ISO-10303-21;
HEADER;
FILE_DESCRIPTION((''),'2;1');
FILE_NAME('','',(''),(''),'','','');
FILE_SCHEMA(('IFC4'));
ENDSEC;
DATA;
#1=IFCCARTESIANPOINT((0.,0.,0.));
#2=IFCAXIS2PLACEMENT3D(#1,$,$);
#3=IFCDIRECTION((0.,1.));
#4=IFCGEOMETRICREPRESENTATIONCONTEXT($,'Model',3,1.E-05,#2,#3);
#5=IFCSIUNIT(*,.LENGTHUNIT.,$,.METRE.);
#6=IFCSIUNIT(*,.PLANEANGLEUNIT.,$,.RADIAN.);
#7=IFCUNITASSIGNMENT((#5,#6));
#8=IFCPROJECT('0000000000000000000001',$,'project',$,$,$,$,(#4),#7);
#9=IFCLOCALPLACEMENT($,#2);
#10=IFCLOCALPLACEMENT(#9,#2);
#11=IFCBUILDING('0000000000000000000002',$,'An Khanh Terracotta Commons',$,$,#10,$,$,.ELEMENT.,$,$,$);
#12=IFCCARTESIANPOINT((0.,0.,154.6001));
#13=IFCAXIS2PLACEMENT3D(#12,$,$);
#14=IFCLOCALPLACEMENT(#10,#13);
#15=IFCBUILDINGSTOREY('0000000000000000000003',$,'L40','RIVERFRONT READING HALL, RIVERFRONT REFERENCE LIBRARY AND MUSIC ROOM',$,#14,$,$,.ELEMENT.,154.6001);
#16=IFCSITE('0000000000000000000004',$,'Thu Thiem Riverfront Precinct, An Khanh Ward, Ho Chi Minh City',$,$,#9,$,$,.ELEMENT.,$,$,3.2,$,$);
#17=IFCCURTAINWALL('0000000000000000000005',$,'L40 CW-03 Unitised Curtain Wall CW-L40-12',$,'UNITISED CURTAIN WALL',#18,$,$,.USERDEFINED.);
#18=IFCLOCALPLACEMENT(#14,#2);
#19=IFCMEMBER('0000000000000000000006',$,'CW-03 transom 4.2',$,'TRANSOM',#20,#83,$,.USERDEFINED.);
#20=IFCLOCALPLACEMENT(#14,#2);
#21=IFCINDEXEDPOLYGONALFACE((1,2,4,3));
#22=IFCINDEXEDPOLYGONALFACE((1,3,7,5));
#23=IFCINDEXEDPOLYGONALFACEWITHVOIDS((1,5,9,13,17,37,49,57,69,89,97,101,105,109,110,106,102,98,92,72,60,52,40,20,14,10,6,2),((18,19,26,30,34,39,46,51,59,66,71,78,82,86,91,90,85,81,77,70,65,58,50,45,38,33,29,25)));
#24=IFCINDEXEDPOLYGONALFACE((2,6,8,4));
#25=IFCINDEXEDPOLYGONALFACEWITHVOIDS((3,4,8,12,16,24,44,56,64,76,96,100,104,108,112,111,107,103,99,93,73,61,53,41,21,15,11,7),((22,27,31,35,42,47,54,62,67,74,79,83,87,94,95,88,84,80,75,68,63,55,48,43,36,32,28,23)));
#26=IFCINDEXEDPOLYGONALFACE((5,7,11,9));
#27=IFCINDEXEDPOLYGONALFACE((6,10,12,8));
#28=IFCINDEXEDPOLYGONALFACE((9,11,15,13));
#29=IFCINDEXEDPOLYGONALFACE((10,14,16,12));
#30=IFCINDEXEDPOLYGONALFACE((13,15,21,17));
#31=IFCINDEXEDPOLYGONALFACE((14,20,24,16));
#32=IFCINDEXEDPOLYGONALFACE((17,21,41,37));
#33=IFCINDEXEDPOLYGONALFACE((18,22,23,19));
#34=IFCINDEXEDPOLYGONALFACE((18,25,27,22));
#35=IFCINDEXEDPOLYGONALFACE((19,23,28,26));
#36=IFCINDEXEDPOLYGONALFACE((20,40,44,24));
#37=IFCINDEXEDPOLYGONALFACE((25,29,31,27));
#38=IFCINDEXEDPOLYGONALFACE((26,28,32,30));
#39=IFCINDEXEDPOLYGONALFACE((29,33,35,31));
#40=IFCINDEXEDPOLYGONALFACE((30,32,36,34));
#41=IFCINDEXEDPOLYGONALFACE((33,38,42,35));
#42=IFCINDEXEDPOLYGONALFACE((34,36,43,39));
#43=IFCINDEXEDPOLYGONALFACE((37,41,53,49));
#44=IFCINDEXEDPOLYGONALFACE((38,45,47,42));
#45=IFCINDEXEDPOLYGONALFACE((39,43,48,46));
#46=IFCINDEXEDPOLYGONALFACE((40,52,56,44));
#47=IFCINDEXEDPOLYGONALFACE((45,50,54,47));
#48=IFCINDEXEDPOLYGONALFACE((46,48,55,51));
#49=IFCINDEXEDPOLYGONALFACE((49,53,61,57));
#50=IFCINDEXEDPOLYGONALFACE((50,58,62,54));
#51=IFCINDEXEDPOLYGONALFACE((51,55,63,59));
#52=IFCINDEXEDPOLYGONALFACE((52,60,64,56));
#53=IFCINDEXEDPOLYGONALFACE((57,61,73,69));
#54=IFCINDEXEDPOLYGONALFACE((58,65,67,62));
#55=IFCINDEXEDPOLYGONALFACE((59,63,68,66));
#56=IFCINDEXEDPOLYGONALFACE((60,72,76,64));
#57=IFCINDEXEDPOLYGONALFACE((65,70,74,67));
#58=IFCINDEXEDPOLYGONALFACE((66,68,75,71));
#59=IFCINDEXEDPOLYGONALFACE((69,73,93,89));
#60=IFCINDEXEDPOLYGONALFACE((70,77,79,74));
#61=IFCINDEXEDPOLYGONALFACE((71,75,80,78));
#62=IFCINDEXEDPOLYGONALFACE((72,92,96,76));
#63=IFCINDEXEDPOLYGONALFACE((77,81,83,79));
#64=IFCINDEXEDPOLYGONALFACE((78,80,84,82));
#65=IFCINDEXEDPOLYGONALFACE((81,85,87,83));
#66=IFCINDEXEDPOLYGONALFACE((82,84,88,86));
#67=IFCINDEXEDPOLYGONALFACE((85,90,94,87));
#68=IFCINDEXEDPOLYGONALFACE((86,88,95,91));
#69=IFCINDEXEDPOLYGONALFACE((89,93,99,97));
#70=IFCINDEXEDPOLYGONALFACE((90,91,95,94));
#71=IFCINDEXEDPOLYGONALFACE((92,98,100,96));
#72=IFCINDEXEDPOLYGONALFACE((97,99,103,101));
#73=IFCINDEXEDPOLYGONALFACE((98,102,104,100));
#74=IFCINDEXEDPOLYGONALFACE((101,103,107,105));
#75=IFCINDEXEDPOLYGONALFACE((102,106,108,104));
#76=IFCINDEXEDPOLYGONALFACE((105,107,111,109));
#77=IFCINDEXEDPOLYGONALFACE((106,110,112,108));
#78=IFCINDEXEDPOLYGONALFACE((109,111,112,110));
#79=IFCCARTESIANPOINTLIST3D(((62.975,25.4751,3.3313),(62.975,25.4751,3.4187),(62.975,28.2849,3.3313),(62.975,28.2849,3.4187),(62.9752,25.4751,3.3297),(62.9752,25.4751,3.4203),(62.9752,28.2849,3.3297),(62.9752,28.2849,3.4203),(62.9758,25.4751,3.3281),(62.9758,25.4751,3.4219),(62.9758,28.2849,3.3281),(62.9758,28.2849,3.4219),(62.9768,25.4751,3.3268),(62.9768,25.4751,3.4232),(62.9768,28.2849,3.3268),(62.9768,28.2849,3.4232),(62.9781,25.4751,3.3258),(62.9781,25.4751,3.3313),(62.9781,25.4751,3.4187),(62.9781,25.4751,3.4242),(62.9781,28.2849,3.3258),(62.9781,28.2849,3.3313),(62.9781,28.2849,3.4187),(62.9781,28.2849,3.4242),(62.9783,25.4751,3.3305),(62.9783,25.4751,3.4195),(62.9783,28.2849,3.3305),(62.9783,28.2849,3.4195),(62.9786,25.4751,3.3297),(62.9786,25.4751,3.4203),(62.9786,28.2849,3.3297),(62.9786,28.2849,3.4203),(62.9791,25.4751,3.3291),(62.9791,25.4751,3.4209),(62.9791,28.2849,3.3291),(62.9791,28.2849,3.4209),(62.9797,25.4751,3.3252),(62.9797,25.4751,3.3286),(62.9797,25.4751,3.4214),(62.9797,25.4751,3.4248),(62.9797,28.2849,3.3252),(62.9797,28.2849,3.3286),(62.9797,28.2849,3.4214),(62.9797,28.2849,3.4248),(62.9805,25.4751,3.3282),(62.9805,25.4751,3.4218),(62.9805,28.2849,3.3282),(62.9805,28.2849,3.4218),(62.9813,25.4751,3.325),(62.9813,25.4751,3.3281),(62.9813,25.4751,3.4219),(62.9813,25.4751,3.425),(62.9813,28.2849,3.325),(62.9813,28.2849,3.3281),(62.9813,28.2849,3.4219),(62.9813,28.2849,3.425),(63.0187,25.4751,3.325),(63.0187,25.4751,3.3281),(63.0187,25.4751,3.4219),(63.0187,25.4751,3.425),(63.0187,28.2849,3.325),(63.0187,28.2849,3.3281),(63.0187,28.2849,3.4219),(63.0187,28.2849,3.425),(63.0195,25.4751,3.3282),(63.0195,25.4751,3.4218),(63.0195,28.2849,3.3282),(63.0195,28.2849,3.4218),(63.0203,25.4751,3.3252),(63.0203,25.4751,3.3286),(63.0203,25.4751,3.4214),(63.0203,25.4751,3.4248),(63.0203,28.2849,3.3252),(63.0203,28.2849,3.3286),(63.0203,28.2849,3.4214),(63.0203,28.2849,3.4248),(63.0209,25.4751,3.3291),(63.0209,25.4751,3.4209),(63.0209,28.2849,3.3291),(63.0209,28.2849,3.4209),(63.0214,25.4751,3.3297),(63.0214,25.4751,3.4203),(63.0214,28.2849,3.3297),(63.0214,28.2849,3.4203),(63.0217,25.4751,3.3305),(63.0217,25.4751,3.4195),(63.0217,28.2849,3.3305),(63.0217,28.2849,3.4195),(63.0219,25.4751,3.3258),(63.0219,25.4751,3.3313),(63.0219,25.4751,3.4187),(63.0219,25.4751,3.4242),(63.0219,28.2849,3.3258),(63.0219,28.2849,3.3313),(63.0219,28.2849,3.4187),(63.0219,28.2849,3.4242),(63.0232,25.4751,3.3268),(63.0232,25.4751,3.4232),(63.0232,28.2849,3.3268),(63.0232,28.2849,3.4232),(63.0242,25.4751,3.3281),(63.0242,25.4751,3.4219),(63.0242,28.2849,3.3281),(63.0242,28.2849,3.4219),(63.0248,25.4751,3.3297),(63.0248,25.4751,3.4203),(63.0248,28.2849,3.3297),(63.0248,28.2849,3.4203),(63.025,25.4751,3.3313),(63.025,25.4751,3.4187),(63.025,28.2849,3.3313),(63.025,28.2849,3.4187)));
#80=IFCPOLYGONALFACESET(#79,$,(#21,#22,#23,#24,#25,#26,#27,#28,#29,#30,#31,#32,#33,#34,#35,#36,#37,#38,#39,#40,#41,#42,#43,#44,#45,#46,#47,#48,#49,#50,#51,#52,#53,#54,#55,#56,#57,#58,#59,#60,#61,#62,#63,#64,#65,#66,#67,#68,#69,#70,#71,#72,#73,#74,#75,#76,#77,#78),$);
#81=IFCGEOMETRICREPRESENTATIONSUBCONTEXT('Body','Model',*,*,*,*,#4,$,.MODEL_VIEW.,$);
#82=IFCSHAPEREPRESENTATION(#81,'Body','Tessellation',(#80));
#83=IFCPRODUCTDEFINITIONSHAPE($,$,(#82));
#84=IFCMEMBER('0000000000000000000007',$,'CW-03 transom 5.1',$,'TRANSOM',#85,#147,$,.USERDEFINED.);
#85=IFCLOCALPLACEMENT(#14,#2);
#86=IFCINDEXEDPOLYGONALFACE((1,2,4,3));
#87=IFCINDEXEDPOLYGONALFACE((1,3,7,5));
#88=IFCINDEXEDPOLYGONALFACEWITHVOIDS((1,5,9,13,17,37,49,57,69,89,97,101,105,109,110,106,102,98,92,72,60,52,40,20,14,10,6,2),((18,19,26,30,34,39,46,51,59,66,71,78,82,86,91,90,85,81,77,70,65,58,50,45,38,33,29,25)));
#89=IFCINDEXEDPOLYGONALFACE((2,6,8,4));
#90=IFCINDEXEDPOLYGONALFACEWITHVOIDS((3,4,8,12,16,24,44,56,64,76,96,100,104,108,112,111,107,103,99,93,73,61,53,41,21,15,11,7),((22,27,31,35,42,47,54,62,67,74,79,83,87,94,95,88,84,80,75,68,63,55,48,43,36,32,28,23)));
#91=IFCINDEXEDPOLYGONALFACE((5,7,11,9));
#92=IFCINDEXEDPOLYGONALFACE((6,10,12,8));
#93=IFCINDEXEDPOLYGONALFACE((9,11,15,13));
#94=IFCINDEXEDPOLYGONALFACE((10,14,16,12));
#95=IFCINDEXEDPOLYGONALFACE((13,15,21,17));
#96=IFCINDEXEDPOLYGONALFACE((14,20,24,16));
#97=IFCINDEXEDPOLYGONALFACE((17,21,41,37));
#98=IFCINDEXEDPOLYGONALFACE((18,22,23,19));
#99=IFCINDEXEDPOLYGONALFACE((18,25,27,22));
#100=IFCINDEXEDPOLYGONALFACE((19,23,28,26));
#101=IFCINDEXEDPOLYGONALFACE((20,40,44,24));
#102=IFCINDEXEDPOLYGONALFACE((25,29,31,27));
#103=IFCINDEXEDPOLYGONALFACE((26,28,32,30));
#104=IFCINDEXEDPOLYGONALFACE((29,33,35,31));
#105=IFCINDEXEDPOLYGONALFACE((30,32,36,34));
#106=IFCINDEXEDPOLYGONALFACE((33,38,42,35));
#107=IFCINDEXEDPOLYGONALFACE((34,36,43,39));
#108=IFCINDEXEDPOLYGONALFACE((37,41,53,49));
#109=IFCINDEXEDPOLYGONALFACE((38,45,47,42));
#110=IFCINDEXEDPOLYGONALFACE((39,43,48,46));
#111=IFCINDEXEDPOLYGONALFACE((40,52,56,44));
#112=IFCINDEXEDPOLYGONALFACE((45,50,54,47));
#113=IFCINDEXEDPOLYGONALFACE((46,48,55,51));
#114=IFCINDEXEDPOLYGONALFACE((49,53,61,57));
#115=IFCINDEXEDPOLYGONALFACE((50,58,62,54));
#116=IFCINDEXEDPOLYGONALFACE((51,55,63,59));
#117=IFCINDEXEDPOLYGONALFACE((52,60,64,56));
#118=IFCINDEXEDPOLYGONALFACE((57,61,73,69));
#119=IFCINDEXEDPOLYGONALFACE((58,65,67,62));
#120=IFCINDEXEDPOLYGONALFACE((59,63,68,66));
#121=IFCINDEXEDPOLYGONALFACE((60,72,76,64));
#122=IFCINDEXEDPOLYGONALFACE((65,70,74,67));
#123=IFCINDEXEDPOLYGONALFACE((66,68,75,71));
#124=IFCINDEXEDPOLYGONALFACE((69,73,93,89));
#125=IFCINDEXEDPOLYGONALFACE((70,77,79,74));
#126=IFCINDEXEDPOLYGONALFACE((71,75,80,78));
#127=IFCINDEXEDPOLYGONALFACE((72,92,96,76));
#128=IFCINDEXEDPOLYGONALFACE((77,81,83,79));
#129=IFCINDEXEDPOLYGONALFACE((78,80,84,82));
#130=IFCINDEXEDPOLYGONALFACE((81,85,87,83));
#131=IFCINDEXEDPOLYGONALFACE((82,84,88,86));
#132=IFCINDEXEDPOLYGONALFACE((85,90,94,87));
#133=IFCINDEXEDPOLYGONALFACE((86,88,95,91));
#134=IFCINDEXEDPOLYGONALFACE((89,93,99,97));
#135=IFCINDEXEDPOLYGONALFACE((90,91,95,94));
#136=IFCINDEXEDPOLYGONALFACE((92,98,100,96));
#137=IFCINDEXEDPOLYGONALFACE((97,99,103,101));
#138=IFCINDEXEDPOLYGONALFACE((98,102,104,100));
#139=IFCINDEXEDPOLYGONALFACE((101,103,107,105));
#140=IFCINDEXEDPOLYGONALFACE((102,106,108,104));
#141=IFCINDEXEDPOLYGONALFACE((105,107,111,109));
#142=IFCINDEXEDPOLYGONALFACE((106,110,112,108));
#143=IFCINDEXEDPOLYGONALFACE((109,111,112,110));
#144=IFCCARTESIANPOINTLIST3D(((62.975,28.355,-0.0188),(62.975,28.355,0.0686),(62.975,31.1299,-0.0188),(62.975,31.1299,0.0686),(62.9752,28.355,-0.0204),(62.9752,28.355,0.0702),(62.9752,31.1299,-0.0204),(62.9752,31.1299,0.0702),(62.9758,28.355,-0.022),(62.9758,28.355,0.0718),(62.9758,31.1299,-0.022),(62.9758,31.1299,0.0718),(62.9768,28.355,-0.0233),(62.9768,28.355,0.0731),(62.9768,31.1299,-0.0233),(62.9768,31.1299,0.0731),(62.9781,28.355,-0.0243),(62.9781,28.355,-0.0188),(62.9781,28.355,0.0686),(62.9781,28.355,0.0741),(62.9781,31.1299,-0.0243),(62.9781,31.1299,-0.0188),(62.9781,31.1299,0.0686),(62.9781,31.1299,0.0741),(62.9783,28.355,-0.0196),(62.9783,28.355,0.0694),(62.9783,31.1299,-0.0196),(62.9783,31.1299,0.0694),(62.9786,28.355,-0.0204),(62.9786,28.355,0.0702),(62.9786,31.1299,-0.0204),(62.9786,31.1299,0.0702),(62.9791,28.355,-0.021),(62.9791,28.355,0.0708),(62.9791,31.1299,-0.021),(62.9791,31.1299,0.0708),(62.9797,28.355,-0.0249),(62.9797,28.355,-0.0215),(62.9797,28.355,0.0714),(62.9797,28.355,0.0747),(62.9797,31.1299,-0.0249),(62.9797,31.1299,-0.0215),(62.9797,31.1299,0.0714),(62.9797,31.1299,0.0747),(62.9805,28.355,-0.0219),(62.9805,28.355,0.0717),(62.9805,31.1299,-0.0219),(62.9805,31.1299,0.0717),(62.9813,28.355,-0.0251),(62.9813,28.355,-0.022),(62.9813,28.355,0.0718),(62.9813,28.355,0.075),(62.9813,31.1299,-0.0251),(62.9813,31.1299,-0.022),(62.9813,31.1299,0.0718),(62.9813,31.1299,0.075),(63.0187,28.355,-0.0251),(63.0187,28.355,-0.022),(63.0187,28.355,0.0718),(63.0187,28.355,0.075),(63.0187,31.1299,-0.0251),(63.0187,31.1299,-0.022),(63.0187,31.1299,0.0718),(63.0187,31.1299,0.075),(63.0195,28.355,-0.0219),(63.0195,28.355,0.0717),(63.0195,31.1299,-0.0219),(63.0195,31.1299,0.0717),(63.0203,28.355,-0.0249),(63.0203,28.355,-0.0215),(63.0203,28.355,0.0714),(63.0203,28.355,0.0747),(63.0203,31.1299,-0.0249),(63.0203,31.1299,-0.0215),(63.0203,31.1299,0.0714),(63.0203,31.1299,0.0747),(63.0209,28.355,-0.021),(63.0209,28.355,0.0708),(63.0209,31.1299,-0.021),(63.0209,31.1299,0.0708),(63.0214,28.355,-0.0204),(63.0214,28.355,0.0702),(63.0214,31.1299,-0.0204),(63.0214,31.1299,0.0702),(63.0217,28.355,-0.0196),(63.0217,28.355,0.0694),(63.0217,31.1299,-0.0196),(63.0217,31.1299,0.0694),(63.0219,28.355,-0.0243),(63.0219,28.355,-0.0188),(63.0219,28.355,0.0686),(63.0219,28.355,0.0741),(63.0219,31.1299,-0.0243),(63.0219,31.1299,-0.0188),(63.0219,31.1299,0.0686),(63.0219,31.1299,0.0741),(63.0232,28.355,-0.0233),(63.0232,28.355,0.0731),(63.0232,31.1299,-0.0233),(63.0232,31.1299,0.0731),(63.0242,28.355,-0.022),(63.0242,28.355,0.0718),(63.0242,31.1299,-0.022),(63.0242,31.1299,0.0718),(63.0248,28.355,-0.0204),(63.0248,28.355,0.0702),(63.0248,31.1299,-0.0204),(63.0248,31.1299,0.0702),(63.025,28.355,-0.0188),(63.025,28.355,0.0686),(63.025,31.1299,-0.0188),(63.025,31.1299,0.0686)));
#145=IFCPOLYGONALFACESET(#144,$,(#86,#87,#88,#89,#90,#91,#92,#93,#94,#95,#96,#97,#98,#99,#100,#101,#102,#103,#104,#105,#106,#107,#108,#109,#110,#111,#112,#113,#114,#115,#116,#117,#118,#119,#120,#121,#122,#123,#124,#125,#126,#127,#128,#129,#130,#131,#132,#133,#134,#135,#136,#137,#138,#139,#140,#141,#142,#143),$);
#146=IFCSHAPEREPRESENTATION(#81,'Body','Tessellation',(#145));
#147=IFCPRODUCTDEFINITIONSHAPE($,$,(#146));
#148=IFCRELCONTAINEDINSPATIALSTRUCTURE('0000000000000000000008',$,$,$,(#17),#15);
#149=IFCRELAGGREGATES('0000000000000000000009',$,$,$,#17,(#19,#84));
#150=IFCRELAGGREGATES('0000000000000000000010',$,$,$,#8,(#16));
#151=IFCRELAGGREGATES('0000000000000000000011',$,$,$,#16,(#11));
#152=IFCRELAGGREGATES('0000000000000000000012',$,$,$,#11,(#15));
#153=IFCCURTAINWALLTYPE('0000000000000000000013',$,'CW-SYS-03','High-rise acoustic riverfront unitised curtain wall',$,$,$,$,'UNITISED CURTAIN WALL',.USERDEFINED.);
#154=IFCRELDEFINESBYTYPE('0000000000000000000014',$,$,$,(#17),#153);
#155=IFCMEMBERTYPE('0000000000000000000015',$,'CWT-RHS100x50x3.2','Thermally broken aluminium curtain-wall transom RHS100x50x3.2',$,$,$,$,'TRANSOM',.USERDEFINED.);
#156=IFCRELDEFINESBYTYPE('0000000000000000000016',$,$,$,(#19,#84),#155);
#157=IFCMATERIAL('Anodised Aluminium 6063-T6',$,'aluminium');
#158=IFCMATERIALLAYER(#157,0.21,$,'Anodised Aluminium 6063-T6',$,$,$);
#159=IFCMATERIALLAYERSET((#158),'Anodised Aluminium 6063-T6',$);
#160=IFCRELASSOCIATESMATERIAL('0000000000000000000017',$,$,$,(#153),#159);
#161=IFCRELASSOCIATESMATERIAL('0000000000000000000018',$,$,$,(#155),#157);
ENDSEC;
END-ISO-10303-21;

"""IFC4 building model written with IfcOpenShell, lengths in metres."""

from ifc_helpers import new_model, si_unit, direction, frame, origin, origin_2d, place, context, subcontext, project, spatial, hollow_rectangle, extrude, material, layer, layer_set, material_profile, profile_set, type_object, element, aggregate, save


model = new_model("IFC4")

# Units and contexts
model_context = context("Model", 3, precision=1e-05, world=origin(), true_north=direction((0.0, 1.0)))
body_context = subcontext(model_context, "Body", "Model", "MODEL_VIEW")
ifc_project = project(units=[si_unit("LENGTHUNIT", "METRE"), si_unit("PLANEANGLEUNIT", "RADIAN")], contexts=[model_context])

# Site, building, storey
site_placement = place(None, origin())
site = spatial("IfcSite", under=ifc_project, at=site_placement, Name="Thu Thiem Riverfront Precinct, An Khanh Ward, Ho Chi Minh City", CompositionType="ELEMENT", RefElevation=3.2)
building_placement = place(site_placement, origin())
building = spatial("IfcBuilding", under=site, at=building_placement, Name="An Khanh Terracotta Commons", CompositionType="ELEMENT")
storey_placement = place(building_placement, frame((0.0, 0.0, 154.6001)))
storey = spatial("IfcBuildingStorey", under=building, at=storey_placement, Name="L40", Description="RIVERFRONT READING HALL, RIVERFRONT REFERENCE LIBRARY AND MUSIC ROOM", CompositionType="ELEMENT", Elevation=154.6001)

# Curtain wall
ifc_material_1 = material(Name="Anodised Aluminium 6063-T6", Category="aluminium")
ifc_layer_1 = layer(ifc_material_1, 0.21, Name="Anodised Aluminium 6063-T6")
ifc_layer_set_1 = layer_set([ifc_layer_1], Name="Anodised Aluminium 6063-T6")
curtain_wall_type = type_object("IfcCurtainWallType", Name="CW-SYS-03", Description="High-rise acoustic riverfront unitised curtain wall", ElementType="UNITISED CURTAIN WALL", PredefinedType="USERDEFINED", material=ifc_layer_set_1)
curtain_wall_1_placement = place(storey_placement, origin())
curtain_wall_1 = element("IfcCurtainWall", 1, at=curtain_wall_1_placement, inside=storey, type_object=curtain_wall_type, Name="L40 CW-03 Unitised Curtain Wall CW-L40-12", ObjectType="UNITISED CURTAIN WALL", PredefinedType="USERDEFINED")

# Members
ifc_material_profile_1 = material_profile(ifc_material_1, hollow_rectangle(XDim=0.05, YDim=0.1001, WallThickness=0.0032, InnerFilletRadius=0.0032, OuterFilletRadius=0.0063, at=origin_2d()), Name="RHS100x50x3.2")
ifc_profile_set_1 = profile_set([ifc_material_profile_1], Name="Anodised Aluminium 6063-T6")
member_type_1 = type_object("IfcMemberType", Name="CWT-RHS100x50x3.2", Description="Thermally broken aluminium curtain-wall transom RHS100x50x3.2", ElementType="TRANSOM", PredefinedType="USERDEFINED", material=ifc_profile_set_1)
member_1_placement = place(storey_placement, frame((63.0, 25.4751, 3.375), z_axis=(0.0, 1.0, 0.0), x_axis=(-1.0, 0.0, 0.0)))
member_1 = element("IfcMember", 2, at=member_1_placement, type_object=member_type_1, Name="CW-03 transom 4.2", ObjectType="TRANSOM", PredefinedType="USERDEFINED", context=body_context, shape_type="SweptSolid", body=[
    extrude(hollow_rectangle(XDim=0.05, YDim=0.1001, WallThickness=0.0032, InnerFilletRadius=0.0032, OuterFilletRadius=0.0063, at=origin_2d()), origin(), (0.0, 0.0, 1.0), 2.8098),
])
member_2_placement = place(storey_placement, frame((63.0, 28.355, 0.0249), z_axis=(0.0, 1.0, 0.0), x_axis=(-1.0, 0.0, 0.0)))
member_2 = element("IfcMember", 3, at=member_2_placement, type_object=member_type_1, Name="CW-03 transom 5.1", ObjectType="TRANSOM", PredefinedType="USERDEFINED", context=body_context, shape_type="SweptSolid", body=[
    extrude(hollow_rectangle(XDim=0.05, YDim=0.1001, WallThickness=0.0032, InnerFilletRadius=0.0032, OuterFilletRadius=0.0063, at=origin_2d()), origin(), (0.0, 0.0, 1.0), 2.7749),
])

aggregate(curtain_wall_1, [member_1, member_2])

save(model, "model.ifc")
